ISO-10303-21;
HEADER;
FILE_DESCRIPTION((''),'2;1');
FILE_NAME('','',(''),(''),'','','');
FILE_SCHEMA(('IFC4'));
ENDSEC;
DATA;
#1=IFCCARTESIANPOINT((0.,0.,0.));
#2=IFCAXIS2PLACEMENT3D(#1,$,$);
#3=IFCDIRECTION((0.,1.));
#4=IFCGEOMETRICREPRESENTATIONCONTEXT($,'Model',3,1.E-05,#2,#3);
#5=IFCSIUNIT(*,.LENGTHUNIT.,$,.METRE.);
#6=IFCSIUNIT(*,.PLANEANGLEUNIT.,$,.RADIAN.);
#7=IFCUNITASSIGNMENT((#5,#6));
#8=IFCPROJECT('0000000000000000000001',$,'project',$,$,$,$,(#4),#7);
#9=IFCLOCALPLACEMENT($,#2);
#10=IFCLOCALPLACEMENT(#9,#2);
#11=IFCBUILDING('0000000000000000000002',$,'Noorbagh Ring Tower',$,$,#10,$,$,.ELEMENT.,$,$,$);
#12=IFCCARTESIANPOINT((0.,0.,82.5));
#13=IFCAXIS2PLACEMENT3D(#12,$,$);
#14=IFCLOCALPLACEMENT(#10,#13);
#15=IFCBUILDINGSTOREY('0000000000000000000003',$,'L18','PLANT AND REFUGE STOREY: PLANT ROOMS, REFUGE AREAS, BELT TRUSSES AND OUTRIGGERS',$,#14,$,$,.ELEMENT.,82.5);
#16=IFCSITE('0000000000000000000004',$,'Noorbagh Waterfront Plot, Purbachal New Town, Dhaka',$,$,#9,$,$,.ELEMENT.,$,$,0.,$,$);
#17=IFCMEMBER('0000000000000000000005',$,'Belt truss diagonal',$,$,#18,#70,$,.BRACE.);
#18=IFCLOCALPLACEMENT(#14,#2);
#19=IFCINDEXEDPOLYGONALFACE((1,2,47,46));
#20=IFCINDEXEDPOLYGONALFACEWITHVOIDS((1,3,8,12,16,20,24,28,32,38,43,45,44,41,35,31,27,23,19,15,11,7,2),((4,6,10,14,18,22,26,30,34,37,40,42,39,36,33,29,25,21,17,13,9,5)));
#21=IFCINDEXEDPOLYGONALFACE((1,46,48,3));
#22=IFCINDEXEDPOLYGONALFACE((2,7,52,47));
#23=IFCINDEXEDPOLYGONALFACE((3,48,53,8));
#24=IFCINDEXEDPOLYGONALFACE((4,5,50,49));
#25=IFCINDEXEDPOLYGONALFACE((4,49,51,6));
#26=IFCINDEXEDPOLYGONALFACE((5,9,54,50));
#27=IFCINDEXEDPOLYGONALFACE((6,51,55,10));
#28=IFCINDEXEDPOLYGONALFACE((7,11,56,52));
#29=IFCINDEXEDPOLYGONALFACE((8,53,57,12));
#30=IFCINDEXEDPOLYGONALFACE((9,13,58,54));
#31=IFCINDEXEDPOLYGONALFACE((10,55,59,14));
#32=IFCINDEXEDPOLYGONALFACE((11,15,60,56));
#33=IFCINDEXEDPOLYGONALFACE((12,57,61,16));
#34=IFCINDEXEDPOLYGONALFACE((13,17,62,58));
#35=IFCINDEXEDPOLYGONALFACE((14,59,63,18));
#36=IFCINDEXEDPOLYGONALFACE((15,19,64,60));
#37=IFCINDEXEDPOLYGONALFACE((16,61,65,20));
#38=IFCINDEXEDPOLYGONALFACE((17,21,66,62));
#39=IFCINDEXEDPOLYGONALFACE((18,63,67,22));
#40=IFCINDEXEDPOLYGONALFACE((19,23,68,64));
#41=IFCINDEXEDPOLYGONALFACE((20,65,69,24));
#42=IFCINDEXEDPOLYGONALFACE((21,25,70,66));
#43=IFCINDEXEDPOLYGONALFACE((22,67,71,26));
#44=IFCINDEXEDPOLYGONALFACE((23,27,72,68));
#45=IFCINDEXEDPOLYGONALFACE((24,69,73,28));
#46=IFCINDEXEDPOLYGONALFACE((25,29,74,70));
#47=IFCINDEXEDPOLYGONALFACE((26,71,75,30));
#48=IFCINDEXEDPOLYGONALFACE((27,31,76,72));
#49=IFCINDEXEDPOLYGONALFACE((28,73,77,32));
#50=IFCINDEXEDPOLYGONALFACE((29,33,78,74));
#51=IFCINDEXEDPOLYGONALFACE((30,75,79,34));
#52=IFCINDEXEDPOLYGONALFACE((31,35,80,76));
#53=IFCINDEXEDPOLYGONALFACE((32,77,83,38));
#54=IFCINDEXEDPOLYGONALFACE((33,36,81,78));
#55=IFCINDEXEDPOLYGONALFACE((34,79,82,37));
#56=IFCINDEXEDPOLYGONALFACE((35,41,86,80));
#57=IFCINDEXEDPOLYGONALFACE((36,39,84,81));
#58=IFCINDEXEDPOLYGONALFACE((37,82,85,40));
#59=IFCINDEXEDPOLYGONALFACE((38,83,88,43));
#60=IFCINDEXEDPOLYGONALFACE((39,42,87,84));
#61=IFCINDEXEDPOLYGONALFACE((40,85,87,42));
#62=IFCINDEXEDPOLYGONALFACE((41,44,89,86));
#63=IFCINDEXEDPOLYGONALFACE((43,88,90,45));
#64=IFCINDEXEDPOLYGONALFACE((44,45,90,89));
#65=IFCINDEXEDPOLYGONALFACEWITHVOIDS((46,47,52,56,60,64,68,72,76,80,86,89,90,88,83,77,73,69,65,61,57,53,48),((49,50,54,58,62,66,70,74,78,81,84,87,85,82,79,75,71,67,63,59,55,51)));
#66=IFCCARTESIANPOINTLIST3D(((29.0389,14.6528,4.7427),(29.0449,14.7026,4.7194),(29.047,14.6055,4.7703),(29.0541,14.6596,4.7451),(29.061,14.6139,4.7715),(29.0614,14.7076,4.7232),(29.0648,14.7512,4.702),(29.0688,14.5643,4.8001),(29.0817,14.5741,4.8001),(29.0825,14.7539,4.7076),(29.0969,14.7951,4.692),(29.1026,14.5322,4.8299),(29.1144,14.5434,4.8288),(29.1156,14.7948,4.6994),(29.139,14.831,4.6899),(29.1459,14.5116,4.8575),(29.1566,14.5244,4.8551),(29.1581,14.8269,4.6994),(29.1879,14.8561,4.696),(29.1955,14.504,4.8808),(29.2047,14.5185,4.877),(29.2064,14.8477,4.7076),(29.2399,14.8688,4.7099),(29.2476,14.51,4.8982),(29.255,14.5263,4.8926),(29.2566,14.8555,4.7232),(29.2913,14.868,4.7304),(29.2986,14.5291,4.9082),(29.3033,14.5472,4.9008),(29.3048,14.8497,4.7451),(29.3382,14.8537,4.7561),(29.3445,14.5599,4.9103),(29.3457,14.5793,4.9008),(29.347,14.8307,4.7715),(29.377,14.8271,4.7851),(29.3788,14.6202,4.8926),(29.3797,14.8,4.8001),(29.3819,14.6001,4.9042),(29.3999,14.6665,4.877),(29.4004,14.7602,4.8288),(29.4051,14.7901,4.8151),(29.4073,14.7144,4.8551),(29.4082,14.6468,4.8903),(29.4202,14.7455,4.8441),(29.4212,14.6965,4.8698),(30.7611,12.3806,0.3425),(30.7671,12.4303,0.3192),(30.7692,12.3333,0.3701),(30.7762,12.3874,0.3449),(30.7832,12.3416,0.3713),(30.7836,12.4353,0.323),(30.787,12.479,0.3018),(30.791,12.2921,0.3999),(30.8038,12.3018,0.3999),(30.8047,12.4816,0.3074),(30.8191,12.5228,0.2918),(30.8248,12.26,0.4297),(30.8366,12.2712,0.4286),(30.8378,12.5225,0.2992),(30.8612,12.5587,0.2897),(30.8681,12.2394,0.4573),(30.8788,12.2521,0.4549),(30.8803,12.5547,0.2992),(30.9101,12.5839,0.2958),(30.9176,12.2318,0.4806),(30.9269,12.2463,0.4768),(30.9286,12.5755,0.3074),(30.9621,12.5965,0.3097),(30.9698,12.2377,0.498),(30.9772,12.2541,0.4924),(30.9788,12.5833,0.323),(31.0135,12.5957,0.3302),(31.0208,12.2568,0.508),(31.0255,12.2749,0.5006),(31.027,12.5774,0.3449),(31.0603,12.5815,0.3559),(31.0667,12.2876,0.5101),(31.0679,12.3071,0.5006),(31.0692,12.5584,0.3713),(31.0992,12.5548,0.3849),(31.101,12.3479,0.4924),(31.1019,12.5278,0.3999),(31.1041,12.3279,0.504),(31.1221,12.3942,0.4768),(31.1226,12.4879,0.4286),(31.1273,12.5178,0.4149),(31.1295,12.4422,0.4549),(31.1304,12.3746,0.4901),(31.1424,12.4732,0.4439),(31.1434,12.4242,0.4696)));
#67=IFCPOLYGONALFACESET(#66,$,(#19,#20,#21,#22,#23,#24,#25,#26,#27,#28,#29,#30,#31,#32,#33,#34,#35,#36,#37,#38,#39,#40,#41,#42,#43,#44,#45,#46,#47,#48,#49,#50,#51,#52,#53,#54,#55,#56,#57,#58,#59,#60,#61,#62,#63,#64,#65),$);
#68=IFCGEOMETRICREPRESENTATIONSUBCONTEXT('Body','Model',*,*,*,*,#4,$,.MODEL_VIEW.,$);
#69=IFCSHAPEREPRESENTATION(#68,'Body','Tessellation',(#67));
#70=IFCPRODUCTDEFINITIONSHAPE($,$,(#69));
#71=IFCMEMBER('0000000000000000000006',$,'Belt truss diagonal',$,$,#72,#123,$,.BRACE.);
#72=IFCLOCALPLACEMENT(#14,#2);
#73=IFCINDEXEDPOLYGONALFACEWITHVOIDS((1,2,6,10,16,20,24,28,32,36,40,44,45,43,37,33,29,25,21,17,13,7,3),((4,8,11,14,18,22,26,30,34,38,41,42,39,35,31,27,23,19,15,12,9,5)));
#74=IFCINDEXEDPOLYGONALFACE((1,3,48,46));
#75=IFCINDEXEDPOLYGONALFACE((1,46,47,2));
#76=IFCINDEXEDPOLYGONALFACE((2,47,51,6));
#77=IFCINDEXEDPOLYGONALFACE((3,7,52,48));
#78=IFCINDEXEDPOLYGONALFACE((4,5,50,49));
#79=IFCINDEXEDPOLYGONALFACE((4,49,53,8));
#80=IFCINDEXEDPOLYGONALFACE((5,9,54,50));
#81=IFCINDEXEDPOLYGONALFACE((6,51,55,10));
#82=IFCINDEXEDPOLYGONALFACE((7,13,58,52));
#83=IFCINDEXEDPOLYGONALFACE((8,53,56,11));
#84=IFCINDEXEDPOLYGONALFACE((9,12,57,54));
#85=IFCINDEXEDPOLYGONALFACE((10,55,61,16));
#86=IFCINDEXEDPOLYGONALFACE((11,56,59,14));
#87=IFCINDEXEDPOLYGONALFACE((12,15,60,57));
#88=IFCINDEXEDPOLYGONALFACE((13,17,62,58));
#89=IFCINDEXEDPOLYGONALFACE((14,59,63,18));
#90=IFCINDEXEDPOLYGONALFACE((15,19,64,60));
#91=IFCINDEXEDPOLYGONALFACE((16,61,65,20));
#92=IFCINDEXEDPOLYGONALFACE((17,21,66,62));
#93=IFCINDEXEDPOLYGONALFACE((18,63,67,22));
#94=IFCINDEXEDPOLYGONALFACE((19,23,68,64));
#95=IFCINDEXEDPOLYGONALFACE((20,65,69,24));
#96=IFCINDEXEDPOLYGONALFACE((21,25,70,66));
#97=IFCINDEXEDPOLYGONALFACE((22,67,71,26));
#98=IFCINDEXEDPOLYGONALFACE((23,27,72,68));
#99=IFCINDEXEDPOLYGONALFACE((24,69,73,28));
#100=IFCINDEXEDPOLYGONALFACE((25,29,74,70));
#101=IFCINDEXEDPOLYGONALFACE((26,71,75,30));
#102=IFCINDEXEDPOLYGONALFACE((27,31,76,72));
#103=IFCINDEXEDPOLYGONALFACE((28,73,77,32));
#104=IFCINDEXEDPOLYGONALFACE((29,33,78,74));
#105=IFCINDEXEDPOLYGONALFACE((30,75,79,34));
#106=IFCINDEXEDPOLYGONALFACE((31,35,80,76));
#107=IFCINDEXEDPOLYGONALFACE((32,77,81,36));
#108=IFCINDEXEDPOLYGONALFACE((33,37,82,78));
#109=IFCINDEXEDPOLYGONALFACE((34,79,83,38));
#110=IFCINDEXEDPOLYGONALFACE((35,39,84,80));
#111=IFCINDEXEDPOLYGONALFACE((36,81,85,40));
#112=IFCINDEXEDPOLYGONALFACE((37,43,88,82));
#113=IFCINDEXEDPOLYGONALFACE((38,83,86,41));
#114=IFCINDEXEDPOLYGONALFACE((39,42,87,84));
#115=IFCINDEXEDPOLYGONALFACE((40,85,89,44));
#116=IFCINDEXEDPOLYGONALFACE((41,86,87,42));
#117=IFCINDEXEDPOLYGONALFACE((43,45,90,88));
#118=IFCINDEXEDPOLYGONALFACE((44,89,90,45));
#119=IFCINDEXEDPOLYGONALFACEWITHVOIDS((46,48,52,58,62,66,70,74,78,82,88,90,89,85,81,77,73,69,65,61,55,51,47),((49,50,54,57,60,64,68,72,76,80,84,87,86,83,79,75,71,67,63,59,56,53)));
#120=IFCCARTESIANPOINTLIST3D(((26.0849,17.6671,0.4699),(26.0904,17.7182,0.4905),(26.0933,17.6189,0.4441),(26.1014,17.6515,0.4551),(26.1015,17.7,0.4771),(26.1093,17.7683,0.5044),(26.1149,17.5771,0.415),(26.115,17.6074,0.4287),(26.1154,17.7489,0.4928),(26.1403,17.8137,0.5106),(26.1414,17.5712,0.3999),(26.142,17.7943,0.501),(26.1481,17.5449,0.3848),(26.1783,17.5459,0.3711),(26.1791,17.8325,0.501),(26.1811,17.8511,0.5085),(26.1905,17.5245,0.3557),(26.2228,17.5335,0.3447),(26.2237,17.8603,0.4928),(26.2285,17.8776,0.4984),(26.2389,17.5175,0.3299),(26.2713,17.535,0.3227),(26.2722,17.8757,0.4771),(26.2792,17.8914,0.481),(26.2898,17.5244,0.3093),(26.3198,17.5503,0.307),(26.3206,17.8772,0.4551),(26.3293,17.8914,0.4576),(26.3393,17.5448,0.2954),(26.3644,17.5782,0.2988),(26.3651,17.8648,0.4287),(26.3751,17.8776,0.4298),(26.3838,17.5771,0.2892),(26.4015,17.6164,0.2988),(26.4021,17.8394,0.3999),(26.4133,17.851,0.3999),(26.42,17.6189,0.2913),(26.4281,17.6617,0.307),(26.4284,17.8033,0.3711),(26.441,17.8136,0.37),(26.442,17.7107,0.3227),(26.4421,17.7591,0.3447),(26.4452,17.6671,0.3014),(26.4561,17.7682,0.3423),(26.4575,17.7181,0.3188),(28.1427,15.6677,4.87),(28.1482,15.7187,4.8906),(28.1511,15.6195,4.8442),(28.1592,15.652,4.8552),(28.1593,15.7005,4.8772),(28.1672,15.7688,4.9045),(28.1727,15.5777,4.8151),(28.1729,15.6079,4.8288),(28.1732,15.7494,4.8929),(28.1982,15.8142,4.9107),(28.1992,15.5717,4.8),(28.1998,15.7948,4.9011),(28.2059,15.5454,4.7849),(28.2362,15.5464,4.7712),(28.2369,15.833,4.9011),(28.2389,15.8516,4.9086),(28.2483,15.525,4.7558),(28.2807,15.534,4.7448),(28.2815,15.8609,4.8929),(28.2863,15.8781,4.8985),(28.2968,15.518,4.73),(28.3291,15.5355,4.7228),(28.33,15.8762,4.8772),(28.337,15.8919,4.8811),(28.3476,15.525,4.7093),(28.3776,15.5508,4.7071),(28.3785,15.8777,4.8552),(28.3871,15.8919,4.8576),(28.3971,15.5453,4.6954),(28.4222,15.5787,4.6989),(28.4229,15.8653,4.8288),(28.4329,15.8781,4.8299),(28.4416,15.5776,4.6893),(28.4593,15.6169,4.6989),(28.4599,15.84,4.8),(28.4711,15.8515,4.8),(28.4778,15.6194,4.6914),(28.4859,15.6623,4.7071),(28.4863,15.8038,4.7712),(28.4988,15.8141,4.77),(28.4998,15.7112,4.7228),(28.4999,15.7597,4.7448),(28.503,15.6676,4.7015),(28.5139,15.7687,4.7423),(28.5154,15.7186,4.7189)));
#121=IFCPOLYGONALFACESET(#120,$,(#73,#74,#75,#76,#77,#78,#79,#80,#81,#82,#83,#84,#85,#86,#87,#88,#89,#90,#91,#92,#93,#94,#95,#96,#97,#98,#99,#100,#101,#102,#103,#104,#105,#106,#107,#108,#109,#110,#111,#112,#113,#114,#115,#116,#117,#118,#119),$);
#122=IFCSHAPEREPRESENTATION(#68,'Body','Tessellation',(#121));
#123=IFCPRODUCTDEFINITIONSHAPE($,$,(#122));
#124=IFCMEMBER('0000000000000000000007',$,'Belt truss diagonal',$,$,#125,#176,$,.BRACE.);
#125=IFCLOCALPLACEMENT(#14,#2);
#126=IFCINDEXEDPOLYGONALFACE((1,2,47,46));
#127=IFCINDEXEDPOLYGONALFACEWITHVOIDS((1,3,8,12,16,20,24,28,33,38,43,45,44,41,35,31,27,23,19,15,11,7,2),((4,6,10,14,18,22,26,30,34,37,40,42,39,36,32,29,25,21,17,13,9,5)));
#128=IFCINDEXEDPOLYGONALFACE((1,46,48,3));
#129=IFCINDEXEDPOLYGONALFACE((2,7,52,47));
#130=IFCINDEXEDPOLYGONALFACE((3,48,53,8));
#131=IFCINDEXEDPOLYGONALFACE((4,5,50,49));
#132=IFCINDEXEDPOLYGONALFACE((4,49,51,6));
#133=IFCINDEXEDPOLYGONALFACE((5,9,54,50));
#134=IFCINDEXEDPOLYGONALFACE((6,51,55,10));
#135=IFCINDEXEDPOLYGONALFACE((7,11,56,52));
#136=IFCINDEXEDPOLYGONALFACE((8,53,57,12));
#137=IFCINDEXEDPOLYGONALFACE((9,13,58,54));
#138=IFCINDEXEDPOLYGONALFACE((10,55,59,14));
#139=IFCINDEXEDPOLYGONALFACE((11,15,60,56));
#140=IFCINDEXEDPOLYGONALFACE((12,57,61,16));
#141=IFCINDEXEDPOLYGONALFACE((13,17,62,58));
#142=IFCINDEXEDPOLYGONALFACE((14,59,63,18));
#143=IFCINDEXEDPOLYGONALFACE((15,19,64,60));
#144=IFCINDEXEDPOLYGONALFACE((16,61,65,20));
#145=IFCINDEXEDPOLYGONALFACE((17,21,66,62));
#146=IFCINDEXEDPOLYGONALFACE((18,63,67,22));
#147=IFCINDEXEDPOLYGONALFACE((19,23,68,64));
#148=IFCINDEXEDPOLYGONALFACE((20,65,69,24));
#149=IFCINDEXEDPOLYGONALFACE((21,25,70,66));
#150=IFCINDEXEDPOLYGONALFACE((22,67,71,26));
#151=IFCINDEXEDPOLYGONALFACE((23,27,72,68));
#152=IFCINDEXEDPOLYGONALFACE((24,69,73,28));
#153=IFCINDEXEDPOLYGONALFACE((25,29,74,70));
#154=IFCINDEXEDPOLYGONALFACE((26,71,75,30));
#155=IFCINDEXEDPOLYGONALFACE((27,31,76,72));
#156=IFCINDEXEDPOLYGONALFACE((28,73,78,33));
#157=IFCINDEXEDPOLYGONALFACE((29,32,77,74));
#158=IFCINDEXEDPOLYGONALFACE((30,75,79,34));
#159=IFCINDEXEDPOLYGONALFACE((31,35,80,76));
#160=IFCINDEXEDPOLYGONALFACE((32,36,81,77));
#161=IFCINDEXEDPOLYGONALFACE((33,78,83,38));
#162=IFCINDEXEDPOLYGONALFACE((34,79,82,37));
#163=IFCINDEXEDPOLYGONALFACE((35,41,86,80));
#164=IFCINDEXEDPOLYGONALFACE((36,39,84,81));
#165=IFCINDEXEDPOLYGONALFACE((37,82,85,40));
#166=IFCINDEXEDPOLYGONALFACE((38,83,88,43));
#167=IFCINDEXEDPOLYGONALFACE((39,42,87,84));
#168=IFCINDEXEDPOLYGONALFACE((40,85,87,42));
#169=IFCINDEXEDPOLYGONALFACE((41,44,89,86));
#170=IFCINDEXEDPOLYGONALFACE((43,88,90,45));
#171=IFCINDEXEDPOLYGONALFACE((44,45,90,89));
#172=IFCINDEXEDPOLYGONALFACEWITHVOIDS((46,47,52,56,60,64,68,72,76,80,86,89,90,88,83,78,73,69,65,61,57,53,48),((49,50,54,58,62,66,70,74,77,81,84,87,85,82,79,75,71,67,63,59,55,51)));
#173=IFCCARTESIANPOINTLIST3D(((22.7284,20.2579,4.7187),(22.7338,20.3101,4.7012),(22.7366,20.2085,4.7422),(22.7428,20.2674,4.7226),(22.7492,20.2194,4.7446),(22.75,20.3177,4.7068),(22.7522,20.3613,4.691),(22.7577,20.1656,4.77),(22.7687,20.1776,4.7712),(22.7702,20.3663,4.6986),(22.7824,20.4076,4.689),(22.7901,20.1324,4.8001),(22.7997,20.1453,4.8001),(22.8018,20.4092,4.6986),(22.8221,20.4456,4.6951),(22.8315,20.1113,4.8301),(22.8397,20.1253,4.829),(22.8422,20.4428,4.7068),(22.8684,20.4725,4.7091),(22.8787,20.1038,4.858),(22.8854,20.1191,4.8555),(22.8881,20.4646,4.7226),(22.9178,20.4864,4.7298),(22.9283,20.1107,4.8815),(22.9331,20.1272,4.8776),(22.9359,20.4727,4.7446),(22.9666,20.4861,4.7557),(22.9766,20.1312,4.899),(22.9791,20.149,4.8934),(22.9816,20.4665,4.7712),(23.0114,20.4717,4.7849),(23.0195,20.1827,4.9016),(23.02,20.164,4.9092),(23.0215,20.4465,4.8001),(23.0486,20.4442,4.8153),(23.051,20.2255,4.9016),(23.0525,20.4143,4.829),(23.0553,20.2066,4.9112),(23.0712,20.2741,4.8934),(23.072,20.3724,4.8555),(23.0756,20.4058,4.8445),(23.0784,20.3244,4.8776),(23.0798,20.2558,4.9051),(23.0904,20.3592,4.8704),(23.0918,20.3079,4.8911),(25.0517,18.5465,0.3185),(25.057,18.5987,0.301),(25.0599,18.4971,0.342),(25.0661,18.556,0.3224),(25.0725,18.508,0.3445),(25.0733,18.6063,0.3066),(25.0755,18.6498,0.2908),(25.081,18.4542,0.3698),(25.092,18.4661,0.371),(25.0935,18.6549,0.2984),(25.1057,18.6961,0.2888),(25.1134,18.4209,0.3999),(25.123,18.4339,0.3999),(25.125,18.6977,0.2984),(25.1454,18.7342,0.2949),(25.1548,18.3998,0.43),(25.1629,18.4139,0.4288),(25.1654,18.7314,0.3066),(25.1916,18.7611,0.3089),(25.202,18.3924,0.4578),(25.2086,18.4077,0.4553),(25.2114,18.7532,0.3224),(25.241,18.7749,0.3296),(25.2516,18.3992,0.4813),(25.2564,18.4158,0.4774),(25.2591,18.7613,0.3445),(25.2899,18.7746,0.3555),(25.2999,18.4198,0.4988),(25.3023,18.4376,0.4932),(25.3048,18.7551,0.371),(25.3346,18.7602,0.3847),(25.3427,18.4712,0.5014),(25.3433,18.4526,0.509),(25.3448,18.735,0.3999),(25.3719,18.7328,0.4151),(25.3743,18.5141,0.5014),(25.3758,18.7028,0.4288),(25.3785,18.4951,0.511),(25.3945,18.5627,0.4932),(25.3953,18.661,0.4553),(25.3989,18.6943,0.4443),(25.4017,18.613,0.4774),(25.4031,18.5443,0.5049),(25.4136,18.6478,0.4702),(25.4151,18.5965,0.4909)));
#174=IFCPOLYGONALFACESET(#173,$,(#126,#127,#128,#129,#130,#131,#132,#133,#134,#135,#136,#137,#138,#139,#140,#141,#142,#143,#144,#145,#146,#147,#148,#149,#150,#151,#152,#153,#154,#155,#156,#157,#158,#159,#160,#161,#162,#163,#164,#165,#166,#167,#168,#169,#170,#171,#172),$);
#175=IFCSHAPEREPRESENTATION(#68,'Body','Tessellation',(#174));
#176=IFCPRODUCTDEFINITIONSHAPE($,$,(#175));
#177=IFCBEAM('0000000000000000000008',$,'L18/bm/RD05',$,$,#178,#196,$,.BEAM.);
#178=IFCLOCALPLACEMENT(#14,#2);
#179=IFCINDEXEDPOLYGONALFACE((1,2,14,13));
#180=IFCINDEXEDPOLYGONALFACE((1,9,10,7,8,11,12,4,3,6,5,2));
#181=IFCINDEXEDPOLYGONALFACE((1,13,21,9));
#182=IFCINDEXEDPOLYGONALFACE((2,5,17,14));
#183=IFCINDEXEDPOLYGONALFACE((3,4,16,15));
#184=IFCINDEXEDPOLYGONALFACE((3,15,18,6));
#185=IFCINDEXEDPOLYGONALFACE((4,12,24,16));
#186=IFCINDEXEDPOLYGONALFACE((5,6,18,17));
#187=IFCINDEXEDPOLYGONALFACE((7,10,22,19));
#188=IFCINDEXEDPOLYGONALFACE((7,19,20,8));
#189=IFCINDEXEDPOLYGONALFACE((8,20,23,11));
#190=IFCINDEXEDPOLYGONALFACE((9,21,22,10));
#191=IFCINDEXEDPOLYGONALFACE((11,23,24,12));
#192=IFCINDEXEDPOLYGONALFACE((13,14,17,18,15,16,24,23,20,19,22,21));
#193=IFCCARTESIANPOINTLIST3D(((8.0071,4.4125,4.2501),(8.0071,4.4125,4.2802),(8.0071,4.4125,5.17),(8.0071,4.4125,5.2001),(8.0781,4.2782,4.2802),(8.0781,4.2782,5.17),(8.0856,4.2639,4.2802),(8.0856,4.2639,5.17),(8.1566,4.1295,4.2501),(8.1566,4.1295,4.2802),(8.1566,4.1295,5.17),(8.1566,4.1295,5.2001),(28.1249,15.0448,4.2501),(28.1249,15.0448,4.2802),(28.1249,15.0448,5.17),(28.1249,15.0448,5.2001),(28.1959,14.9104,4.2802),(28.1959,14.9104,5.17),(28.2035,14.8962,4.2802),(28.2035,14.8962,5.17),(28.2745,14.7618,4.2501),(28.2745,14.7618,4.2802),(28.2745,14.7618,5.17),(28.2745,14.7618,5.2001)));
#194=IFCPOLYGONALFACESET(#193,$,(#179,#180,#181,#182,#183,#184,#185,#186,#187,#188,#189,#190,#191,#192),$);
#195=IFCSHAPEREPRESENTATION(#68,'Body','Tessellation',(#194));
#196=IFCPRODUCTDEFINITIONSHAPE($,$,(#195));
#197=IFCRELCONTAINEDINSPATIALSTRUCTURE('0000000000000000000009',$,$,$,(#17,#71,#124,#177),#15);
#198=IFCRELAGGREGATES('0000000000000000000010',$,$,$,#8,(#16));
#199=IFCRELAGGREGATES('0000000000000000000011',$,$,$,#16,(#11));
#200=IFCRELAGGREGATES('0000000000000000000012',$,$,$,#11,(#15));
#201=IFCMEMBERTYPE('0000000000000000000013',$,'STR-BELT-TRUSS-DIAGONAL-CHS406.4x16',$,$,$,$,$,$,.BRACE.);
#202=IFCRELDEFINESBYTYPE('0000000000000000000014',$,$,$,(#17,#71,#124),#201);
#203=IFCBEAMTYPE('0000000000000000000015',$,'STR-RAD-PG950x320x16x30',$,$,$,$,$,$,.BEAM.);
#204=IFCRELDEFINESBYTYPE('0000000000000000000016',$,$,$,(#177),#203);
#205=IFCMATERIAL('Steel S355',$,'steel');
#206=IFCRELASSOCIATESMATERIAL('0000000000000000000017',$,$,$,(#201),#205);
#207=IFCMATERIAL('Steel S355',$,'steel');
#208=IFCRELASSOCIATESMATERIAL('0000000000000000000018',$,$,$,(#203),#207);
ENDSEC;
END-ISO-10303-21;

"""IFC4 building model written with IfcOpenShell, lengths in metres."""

from ifc_helpers import new_model, si_unit, direction, frame, origin, origin_2d, place, context, subcontext, project, spatial, hollow_circle, i_section, extrude, material, material_profile, profile_set, type_object, element, save


model = new_model("IFC4")

# Units and contexts
model_context = context("Model", 3, precision=1e-05, world=origin(), true_north=direction((0.0, 1.0)))
body_context = subcontext(model_context, "Body", "Model", "MODEL_VIEW")
ifc_project = project(units=[si_unit("LENGTHUNIT", "METRE"), si_unit("PLANEANGLEUNIT", "RADIAN")], contexts=[model_context])

# Site, building, storey
site_placement = place(None, origin())
site = spatial("IfcSite", under=ifc_project, at=site_placement, Name="Noorbagh Waterfront Plot, Purbachal New Town, Dhaka", CompositionType="ELEMENT", RefElevation=0.0)
building_placement = place(site_placement, origin())
building = spatial("IfcBuilding", under=site, at=building_placement, Name="Noorbagh Ring Tower", CompositionType="ELEMENT")
storey_placement = place(building_placement, frame((0.0, 0.0, 82.5)))
storey = spatial("IfcBuildingStorey", under=building, at=storey_placement, Name="L18", Description="PLANT AND REFUGE STOREY: PLANT ROOMS, REFUGE AREAS, BELT TRUSSES AND OUTRIGGERS", CompositionType="ELEMENT", Elevation=82.5)

# Members
ifc_material_1 = material(Name="Steel S355", Category="steel")
ifc_material_profile_1 = material_profile(ifc_material_1, hollow_circle(Radius=0.2031, WallThickness=0.0161, at=origin_2d()), Name="CHS406.4x16")
ifc_profile_set_1 = profile_set([ifc_material_profile_1], Name="Steel S355")
member_type = type_object("IfcMemberType", Name="STR-BELT-TRUSS-DIAGONAL-CHS406.4x16", PredefinedType="BRACE", material=ifc_profile_set_1)
member_1_placement = place(storey_placement, frame((30.9529, 12.4148, 0.3999), z_axis=(-0.328464, 0.433373, 0.839226), x_axis=(-0.796958, -0.604034, 0.0)))
element("IfcMember", 1, at=member_1_placement, inside=storey, type_object=member_type, Name="Belt truss diagonal", PredefinedType="BRACE", context=body_context, shape_type="SweptSolid", body=[
    extrude(hollow_circle(Radius=0.2031, WallThickness=0.0161, at=origin_2d()), origin(), (0.0, 0.0, 1.0), 5.2432),
])
member_2_placement = place(storey_placement, frame((26.2717, 17.7053, 0.3999), z_axis=(0.391749, -0.380641, 0.837643), x_axis=(0.696866, 0.717202, 0.0)))
element("IfcMember", 2, at=member_2_placement, inside=storey, type_object=member_type, Name="Belt truss diagonal", PredefinedType="BRACE", context=body_context, shape_type="SweptSolid", body=[
    extrude(hollow_circle(Radius=0.2031, WallThickness=0.0161, at=origin_2d()), origin(), (0.0, 0.0, 1.0), 5.2529),
])
member_3_placement = place(storey_placement, frame((25.2339, 18.5845, 0.3999), z_axis=(-0.441521, 0.325248, 0.836226), x_axis=(-0.593101, -0.805128, 0.0)))
element("IfcMember", 3, at=member_3_placement, inside=storey, type_object=member_type, Name="Belt truss diagonal", PredefinedType="BRACE", context=body_context, shape_type="SweptSolid", body=[
    extrude(hollow_circle(Radius=0.2031, WallThickness=0.0161, at=origin_2d()), origin(), (0.0, 0.0, 1.0), 5.262),
])

# Beam
ifc_material_2 = material(Name="Steel S355", Category="steel")
ifc_material_profile_2 = material_profile(ifc_material_2, i_section(OverallWidth=0.3201, OverallDepth=0.95, WebThickness=0.0161, FlangeThickness=0.03, at=origin_2d()), Name="PG950x320x16x30")
ifc_profile_set_2 = profile_set([ifc_material_profile_2], Name="Steel S355")
beam_type_1 = type_object("IfcBeamType", Name="STR-RAD-PG950x320x16x30", PredefinedType="BEAM", material=ifc_profile_set_2)
beam_1_placement = place(storey_placement, frame((28.1997, 14.9033, 4.7251), z_axis=(-0.884121, -0.467258, 0.0), x_axis=(0.467258, -0.884121, 0.0)))
element("IfcBeam", 4, at=beam_1_placement, inside=storey, type_object=beam_type_1, Name="L18/bm/RD05", PredefinedType="BEAM", context=body_context, shape_type="SweptSolid", body=[
    extrude(i_section(OverallWidth=0.3201, OverallDepth=0.95, WebThickness=0.0161, FlangeThickness=0.03, at=origin_2d()), origin(), (0.0, 0.0, 1.0), 22.7546),
])

save(model, "model.ifc")
